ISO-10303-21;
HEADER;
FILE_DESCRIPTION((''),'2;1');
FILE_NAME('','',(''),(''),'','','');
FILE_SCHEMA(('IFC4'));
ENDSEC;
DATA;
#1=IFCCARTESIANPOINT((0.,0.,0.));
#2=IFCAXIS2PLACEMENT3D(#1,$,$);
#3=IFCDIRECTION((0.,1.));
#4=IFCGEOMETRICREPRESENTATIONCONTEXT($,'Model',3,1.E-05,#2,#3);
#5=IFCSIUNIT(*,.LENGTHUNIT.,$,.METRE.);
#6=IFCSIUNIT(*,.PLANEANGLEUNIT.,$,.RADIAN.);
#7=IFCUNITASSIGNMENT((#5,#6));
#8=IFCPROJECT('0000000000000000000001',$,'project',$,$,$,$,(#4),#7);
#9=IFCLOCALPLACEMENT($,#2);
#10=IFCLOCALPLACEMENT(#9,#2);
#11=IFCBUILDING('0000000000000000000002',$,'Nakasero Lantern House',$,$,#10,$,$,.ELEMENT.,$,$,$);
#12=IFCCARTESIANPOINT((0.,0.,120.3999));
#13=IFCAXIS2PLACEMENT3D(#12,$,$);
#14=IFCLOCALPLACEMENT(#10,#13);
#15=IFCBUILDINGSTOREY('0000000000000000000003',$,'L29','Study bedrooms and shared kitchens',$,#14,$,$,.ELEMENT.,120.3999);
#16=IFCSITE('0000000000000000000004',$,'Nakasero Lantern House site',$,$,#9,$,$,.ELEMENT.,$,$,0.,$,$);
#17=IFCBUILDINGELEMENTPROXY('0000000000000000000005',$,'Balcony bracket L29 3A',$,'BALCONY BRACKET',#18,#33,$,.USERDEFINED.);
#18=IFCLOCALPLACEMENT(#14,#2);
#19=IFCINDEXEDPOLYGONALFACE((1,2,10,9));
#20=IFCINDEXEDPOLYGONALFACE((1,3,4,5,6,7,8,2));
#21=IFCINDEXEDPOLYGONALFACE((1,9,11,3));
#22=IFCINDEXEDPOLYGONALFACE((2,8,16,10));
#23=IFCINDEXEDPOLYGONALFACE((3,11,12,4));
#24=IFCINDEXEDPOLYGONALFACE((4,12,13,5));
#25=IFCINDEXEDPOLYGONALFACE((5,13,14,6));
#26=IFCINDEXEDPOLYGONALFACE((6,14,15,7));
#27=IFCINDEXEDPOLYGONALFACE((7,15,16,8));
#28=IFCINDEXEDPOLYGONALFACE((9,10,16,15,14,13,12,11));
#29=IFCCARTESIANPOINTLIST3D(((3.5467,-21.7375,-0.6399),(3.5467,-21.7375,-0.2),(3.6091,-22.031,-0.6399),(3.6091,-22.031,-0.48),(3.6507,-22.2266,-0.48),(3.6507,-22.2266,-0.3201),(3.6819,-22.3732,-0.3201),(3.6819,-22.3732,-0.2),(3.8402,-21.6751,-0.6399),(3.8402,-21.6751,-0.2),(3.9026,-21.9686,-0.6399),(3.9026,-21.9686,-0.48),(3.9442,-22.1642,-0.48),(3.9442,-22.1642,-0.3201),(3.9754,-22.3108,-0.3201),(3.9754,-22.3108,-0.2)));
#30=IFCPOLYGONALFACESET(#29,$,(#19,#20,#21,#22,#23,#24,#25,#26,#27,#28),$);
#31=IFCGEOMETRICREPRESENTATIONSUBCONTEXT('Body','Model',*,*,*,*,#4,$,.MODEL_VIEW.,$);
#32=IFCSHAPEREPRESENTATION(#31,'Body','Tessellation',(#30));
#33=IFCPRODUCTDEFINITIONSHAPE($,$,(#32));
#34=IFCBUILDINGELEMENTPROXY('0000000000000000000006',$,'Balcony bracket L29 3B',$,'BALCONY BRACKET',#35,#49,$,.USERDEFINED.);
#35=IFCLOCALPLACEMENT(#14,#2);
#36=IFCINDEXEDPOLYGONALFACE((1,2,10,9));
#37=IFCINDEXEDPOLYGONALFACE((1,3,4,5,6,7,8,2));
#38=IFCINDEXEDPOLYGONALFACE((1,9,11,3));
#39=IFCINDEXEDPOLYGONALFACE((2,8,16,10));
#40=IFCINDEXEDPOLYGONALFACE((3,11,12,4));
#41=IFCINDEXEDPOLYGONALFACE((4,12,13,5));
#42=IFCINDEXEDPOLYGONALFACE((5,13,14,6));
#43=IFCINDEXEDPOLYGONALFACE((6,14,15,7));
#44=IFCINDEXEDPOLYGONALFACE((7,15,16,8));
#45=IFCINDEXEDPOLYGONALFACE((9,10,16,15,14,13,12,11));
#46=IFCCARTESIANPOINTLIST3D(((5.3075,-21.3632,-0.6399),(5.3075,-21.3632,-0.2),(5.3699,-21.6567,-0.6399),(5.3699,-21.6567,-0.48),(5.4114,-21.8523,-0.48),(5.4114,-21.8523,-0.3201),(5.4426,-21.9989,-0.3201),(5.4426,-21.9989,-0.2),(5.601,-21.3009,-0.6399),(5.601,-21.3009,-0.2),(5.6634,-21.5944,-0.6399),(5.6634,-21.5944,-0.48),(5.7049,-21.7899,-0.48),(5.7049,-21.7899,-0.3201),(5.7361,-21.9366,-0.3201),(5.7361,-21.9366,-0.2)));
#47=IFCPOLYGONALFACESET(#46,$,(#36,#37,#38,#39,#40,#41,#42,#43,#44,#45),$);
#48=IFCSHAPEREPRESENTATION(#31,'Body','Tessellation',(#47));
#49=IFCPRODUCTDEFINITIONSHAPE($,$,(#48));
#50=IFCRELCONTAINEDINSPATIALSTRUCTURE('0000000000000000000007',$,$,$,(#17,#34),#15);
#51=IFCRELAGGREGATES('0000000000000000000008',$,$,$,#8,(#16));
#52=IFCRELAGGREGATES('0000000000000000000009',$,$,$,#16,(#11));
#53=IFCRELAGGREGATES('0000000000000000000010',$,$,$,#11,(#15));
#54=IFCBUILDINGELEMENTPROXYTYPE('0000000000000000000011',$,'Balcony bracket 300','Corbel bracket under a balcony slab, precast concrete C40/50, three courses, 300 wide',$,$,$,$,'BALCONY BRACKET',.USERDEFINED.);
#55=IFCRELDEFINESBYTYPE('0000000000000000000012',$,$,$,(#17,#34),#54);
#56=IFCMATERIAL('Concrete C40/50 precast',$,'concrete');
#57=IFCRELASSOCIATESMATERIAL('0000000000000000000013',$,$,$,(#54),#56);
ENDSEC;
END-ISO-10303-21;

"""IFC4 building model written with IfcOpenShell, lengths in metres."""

from ifc_helpers import new_model, si_unit, direction, frame, origin, place, context, subcontext, project, spatial, polyline, outline, extrude, material, type_object, element, save


model = new_model("IFC4")

# Units and contexts
model_context = context("Model", 3, precision=1e-05, world=origin(), true_north=direction((0.0, 1.0)))
body_context = subcontext(model_context, "Body", "Model", "MODEL_VIEW")
ifc_project = project(units=[si_unit("LENGTHUNIT", "METRE"), si_unit("PLANEANGLEUNIT", "RADIAN")], contexts=[model_context])

# Site, building, storey
site_placement = place(None, origin())
site = spatial("IfcSite", under=ifc_project, at=site_placement, Name="Nakasero Lantern House site", CompositionType="ELEMENT", RefElevation=0.0)
building_placement = place(site_placement, origin())
building = spatial("IfcBuilding", under=site, at=building_placement, Name="Nakasero Lantern House", CompositionType="ELEMENT")
storey_placement = place(building_placement, frame((0.0, 0.0, 120.3999)))
storey = spatial("IfcBuildingStorey", under=building, at=storey_placement, Name="L29", Description="Study bedrooms and shared kitchens", CompositionType="ELEMENT", Elevation=120.3999)

# Building element proxies
ifc_material_1 = material(Name="Concrete C40/50 precast", Category="concrete")
building_element_proxy_type = type_object("IfcBuildingElementProxyType", Name="Balcony bracket 300", Description="Corbel bracket under a balcony slab, precast concrete C40/50, three courses, 300 wide", ElementType="BALCONY BRACKET", PredefinedType="USERDEFINED", material=ifc_material_1)
for number, where, z_axis, x_axis, name in (
    (1, (3.6936, -21.7063, -0.2), (0.0, 0.0, 1.0), (0.207912, -0.978148, 0.0), "Balcony bracket L29 3A"),
    (2, (5.4543, -21.332, -0.2), (0.0, 0.0, 1.0), (0.207912, -0.978148, 0.0), "Balcony bracket L29 3B"),
):
    element("IfcBuildingElementProxy", number, at=place(storey_placement, frame(where, z_axis=z_axis, x_axis=x_axis)), inside=storey, type_object=building_element_proxy_type, Name=name, ObjectType="BALCONY BRACKET", PredefinedType="USERDEFINED", context=body_context, shape_type="SweptSolid", body=[
        extrude(outline(polyline([(0.0, 0.0), (0.6499, 0.0), (0.6499, -0.1201), (0.5, -0.1201), (0.5, -0.28), (0.3, -0.28), (0.3, -0.4399), (0.0, -0.4399), (0.0, 0.0)])), frame((0.0, 0.1499, 0.0), z_axis=(0.0, -1.0, 0.0), x_axis=(1.0, 0.0, 0.0)), (0.0, 0.0, 1.0), 0.3),
    ])

save(model, "model.ifc")
